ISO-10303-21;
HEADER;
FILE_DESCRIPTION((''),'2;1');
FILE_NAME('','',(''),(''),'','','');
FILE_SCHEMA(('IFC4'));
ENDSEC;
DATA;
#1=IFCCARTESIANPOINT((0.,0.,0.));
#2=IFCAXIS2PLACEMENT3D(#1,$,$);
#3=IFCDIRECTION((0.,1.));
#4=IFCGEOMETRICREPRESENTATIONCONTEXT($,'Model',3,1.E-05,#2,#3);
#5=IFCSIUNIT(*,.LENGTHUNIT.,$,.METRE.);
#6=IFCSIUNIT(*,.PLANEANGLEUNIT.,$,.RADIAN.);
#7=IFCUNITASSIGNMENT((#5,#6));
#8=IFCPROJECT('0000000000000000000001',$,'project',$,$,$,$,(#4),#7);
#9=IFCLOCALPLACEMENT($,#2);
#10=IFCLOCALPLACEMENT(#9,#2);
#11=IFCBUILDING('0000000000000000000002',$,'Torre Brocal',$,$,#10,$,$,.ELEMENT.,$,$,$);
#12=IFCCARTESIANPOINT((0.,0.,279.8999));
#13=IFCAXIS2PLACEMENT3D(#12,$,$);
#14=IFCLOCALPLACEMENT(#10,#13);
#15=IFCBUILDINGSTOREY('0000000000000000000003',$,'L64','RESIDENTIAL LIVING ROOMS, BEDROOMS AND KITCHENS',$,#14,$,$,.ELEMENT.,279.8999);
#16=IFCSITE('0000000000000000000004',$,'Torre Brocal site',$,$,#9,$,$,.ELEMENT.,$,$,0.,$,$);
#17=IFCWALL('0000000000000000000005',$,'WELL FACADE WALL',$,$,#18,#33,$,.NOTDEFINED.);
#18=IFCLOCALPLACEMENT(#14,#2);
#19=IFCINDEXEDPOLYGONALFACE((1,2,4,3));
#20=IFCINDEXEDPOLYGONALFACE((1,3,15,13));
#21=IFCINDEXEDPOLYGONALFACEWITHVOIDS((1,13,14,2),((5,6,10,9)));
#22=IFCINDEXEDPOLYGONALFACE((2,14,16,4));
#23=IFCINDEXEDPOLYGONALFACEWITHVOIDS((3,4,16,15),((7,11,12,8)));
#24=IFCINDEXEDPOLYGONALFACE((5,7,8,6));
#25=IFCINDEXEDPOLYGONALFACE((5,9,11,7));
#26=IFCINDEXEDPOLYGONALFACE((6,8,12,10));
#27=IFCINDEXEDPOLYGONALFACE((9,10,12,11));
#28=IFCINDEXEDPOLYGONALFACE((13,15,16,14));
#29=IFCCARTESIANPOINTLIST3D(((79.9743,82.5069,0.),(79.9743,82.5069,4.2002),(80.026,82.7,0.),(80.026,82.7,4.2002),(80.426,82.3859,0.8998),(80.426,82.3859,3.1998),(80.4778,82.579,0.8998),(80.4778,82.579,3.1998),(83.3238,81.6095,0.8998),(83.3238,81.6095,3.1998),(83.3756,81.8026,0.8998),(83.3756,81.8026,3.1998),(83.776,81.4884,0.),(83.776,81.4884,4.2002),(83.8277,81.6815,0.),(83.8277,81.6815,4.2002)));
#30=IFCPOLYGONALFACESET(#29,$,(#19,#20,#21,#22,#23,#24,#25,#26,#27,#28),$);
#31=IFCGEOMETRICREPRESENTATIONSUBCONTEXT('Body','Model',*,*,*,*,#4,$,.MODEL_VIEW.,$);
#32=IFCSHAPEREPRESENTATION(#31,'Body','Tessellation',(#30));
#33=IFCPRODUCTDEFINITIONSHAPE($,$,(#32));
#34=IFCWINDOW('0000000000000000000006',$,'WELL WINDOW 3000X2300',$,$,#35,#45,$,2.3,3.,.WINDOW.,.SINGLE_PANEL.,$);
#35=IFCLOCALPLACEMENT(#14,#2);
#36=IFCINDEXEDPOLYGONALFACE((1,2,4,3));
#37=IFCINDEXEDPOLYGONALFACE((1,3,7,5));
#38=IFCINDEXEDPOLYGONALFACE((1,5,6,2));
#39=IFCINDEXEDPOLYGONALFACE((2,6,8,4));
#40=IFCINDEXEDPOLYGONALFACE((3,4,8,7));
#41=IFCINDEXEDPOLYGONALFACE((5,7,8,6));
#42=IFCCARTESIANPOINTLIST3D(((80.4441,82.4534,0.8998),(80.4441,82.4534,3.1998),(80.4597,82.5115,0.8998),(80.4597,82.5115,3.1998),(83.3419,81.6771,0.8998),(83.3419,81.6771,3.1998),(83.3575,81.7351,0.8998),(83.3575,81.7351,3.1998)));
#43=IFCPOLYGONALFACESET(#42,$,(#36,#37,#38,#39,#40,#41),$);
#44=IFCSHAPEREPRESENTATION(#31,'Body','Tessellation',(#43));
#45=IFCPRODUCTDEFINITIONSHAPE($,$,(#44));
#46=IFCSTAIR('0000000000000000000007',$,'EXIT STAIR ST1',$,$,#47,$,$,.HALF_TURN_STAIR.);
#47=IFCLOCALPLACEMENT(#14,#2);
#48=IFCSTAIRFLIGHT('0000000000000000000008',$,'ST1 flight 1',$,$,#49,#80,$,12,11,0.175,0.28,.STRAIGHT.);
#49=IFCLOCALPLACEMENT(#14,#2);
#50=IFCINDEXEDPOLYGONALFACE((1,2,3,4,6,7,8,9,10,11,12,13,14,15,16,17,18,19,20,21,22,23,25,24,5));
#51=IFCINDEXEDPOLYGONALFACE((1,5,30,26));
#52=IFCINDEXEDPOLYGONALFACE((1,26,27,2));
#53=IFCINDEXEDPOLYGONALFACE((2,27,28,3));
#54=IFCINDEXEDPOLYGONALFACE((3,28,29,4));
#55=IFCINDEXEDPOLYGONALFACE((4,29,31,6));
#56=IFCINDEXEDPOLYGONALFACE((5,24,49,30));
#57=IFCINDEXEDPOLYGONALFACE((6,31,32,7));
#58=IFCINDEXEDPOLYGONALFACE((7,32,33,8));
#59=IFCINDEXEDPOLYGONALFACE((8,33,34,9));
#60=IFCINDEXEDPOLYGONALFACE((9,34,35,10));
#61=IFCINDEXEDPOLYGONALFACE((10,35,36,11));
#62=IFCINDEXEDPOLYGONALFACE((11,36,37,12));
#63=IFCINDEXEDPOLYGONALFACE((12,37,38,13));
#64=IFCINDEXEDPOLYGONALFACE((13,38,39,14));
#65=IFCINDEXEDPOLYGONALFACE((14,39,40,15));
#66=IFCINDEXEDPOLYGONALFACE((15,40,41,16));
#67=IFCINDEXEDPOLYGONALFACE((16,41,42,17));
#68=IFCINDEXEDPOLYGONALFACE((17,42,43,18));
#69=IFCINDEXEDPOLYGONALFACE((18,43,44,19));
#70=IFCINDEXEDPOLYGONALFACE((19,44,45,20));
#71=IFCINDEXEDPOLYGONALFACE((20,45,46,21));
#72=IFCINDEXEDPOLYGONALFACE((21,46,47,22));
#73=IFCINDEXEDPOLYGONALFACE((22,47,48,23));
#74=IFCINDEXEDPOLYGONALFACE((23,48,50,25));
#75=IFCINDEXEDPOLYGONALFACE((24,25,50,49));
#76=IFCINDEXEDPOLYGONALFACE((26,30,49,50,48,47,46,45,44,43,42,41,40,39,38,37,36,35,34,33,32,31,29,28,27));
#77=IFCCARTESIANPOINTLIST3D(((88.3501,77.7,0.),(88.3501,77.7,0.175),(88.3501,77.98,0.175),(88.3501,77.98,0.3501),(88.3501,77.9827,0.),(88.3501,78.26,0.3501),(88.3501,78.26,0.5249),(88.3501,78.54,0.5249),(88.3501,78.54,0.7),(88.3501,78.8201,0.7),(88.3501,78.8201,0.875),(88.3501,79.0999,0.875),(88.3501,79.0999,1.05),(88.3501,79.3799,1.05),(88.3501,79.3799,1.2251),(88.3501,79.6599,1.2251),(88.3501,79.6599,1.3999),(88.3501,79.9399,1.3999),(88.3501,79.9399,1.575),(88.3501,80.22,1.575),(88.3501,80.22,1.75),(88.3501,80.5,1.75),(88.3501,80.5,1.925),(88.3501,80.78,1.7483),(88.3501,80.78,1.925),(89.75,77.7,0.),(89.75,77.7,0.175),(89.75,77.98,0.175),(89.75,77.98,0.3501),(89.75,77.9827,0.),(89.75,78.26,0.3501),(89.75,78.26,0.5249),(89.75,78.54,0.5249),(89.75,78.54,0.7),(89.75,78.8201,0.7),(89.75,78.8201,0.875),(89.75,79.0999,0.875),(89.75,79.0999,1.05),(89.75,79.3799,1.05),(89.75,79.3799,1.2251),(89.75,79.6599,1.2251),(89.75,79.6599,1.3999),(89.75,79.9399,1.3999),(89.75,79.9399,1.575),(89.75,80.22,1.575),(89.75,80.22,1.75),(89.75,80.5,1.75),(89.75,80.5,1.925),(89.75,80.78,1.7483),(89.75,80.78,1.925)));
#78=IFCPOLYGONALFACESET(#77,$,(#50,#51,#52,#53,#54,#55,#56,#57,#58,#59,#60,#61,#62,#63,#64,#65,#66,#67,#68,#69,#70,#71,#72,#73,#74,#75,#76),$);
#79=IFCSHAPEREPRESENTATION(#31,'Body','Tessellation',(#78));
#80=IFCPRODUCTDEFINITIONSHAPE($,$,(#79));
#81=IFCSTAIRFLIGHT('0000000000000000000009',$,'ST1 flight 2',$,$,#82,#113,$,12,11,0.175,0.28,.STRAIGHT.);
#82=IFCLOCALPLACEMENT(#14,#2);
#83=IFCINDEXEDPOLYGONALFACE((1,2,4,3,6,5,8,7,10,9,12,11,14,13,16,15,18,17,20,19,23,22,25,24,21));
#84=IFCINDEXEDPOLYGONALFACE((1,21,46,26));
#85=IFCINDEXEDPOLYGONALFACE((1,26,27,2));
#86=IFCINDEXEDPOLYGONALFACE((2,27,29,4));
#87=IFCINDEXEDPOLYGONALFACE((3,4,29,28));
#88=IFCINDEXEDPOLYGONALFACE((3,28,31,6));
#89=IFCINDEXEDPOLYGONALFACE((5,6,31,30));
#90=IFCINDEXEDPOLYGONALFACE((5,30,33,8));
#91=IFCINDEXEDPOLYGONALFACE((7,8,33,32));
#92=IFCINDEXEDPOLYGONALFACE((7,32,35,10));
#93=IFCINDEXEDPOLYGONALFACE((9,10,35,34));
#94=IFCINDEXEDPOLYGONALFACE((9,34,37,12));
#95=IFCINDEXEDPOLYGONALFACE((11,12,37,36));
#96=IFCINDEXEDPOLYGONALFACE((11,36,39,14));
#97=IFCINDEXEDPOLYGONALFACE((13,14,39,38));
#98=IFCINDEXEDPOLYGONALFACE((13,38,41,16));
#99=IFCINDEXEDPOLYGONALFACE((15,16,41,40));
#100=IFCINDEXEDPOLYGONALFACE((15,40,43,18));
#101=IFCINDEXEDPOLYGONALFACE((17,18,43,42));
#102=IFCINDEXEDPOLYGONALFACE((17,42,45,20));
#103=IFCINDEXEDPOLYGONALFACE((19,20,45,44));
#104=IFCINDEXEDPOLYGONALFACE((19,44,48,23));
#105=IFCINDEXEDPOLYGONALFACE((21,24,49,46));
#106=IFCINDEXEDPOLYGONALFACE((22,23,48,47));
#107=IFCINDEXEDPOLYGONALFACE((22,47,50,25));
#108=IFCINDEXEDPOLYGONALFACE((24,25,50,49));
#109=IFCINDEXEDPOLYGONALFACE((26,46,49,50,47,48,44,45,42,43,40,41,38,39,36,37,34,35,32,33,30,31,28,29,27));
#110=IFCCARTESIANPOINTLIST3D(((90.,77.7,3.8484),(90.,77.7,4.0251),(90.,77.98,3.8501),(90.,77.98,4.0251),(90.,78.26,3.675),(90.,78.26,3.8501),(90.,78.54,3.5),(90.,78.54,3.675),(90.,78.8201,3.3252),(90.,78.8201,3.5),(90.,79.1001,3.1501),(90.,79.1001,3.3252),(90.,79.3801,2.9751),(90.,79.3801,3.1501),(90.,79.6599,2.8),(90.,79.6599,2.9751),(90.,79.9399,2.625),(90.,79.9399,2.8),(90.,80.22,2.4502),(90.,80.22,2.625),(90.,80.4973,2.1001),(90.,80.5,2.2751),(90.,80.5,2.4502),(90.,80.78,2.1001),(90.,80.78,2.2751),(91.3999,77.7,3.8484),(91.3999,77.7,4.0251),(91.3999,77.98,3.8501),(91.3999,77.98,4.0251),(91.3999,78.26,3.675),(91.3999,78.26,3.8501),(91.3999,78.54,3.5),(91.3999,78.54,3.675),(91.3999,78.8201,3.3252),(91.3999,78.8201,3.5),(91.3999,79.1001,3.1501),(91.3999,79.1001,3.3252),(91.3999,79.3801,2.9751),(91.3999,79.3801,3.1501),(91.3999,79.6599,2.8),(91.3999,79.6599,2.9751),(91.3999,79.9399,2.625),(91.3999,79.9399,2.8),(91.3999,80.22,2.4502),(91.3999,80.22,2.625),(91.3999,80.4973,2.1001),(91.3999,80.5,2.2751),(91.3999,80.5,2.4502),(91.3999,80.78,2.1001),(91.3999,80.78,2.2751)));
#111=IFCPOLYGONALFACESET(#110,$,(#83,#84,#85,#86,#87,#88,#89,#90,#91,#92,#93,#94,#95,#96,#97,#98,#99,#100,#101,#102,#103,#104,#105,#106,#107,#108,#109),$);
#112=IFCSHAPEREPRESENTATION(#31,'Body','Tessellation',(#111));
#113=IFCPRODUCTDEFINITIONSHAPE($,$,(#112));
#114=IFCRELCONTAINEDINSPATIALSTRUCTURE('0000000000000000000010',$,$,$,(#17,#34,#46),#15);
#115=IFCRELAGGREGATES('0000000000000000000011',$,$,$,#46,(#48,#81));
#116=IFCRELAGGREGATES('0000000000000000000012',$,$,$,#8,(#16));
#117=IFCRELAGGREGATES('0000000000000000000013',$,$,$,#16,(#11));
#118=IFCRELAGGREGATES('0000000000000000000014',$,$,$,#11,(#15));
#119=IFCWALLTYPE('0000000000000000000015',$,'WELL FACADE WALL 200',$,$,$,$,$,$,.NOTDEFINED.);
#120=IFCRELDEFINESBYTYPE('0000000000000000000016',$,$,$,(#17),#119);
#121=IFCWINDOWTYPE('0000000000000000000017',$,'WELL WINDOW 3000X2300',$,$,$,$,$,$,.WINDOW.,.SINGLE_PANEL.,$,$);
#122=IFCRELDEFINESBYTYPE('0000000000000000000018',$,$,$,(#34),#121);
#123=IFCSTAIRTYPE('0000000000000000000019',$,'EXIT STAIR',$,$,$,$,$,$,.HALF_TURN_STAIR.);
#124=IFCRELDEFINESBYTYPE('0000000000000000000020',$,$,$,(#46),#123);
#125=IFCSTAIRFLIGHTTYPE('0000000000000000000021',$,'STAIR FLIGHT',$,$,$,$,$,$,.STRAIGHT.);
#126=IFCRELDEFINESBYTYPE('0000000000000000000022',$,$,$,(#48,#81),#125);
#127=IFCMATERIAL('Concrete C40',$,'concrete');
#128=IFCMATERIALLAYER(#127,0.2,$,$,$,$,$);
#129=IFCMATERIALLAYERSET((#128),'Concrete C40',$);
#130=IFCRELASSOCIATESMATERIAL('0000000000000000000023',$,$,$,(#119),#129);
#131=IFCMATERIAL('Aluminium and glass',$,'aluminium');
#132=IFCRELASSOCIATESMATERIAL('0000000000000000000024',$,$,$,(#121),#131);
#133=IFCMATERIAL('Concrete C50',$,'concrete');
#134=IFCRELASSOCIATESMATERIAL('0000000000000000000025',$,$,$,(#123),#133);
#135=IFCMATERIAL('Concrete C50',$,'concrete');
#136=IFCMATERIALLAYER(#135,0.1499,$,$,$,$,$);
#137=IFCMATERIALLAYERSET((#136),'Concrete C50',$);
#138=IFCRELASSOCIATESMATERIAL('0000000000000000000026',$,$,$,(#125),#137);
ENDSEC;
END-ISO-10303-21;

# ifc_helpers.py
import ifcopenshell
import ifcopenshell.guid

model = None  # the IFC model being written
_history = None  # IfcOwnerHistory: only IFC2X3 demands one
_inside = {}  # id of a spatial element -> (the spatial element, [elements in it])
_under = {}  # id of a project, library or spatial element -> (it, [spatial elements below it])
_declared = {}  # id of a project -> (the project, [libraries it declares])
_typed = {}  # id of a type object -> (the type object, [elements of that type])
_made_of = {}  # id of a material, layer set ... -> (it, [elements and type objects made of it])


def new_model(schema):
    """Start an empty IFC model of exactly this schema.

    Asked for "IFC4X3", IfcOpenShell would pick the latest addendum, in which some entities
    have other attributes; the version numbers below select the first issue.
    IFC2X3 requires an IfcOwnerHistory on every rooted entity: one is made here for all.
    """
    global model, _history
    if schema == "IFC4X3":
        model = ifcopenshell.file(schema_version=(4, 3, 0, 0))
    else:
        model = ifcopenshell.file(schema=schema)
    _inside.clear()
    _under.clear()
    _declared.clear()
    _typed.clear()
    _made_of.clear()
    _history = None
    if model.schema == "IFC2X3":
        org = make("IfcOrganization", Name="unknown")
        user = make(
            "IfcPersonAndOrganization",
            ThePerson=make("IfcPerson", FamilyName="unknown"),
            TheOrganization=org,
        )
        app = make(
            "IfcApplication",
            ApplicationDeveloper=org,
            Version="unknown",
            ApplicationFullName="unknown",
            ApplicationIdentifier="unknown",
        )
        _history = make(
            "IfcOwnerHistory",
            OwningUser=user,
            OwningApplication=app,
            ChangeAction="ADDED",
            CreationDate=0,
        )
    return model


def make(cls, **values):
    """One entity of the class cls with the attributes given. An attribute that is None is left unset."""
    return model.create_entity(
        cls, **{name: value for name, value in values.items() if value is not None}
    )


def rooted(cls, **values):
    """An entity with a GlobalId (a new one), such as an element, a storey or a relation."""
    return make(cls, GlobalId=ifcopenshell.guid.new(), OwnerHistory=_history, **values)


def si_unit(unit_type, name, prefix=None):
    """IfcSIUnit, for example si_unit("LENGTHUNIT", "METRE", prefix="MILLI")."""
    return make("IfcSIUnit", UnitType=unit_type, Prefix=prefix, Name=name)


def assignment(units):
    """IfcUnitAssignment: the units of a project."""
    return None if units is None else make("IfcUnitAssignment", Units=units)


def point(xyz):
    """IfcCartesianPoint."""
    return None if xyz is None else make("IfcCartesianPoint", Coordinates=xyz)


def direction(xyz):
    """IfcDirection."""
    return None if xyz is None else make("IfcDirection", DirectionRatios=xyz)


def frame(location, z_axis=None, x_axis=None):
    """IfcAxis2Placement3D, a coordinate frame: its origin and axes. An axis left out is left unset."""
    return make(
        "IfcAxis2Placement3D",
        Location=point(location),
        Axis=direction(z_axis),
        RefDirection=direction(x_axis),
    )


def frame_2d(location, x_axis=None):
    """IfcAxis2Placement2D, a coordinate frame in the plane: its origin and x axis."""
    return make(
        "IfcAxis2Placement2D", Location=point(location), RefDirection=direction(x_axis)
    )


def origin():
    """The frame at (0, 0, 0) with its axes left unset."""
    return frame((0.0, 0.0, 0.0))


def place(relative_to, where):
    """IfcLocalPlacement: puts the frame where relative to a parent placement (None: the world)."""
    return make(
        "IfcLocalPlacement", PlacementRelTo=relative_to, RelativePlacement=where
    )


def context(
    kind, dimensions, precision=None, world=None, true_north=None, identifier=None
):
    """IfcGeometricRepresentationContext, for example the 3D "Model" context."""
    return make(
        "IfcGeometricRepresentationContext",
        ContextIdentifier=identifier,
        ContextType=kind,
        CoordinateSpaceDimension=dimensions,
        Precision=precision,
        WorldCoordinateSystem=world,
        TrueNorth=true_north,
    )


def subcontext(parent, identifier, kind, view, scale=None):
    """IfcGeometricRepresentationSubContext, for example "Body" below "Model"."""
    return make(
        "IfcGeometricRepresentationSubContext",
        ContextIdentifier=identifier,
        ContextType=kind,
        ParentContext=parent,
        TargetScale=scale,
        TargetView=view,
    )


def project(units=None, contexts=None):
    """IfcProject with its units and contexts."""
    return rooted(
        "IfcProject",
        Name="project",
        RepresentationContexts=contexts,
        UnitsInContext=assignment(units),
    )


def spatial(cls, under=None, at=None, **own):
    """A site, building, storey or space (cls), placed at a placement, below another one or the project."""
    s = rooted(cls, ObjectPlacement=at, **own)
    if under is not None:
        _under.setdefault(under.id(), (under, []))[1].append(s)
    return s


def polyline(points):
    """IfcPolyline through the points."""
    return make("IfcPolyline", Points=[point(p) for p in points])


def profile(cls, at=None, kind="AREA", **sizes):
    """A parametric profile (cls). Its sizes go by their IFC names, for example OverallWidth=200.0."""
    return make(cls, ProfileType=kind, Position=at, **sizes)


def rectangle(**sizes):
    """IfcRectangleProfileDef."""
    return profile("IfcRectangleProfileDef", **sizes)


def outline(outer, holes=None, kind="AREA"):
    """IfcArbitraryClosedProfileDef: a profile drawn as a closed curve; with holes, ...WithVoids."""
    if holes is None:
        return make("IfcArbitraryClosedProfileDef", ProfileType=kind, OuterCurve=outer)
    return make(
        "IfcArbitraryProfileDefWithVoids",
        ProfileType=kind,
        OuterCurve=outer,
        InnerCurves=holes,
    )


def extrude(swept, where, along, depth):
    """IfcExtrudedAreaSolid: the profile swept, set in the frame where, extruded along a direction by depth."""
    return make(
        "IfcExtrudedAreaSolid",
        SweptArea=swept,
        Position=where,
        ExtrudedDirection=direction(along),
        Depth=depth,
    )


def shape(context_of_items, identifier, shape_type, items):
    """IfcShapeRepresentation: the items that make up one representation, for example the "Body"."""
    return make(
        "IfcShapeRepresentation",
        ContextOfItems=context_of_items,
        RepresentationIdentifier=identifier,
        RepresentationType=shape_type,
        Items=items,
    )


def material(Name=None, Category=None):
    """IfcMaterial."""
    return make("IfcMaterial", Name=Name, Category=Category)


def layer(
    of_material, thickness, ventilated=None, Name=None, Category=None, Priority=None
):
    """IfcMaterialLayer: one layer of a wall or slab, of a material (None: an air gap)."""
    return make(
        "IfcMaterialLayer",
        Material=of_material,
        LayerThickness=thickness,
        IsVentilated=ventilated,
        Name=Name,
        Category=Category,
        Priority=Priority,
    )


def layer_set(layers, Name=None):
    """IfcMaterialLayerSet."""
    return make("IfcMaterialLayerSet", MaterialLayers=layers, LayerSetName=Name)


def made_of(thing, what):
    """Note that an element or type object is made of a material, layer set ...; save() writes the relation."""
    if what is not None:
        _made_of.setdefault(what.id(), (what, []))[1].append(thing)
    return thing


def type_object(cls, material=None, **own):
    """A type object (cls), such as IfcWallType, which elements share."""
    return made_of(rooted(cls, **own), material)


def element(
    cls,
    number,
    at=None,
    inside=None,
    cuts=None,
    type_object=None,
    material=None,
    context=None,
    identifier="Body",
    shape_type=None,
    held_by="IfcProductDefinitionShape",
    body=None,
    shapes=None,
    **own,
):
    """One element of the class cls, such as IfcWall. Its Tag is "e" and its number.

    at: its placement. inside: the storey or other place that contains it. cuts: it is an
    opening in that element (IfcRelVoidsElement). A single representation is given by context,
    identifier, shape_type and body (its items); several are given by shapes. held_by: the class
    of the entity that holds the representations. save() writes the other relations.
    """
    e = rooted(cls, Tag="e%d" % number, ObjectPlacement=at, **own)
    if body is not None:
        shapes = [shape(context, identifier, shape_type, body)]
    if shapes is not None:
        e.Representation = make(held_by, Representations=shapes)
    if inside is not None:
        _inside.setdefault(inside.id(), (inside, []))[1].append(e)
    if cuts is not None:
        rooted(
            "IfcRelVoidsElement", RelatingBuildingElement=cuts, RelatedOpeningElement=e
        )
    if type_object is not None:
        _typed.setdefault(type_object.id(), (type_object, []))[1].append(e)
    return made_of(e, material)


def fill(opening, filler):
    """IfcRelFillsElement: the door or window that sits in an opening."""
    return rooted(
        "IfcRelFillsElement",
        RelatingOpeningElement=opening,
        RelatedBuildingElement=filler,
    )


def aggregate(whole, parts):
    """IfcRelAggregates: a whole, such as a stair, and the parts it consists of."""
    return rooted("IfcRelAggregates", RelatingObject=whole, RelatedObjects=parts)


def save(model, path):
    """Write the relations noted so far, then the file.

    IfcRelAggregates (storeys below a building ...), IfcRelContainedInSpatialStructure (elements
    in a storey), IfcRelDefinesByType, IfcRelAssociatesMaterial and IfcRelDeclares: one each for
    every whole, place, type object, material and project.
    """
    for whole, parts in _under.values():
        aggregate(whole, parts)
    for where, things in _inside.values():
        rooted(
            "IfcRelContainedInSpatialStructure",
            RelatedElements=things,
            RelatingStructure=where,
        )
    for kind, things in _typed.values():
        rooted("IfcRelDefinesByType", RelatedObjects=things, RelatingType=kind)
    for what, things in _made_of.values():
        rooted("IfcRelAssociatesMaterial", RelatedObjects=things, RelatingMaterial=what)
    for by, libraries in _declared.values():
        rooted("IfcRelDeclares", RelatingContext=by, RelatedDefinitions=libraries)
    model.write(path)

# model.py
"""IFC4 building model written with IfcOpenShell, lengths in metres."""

from ifc_helpers import new_model, si_unit, direction, frame, frame_2d, origin, place, context, subcontext, project, spatial, polyline, rectangle, outline, extrude, material, layer, layer_set, type_object, element, fill, aggregate, save


model = new_model("IFC4")

# Units and contexts
model_context = context("Model", 3, precision=1e-05, world=origin(), true_north=direction((0.0, 1.0)))
body_context = subcontext(model_context, "Body", "Model", "MODEL_VIEW")
ifc_project = project(units=[si_unit("LENGTHUNIT", "METRE"), si_unit("PLANEANGLEUNIT", "RADIAN")], contexts=[model_context])

# Site, building, storey
site_placement = place(None, origin())
site = spatial("IfcSite", under=ifc_project, at=site_placement, Name="Torre Brocal site", CompositionType="ELEMENT", RefElevation=0.0)
building_placement = place(site_placement, origin())
building = spatial("IfcBuilding", under=site, at=building_placement, Name="Torre Brocal", CompositionType="ELEMENT")
storey_placement = place(building_placement, frame((0.0, 0.0, 279.8999)))
storey = spatial("IfcBuildingStorey", under=building, at=storey_placement, Name="L64", Description="RESIDENTIAL LIVING ROOMS, BEDROOMS AND KITCHENS", CompositionType="ELEMENT", Elevation=279.8999)

# Wall, opening, window
ifc_material_1 = material(Name="Concrete C40", Category="concrete")
ifc_layer_1 = layer(ifc_material_1, 0.2)
ifc_layer_set_1 = layer_set([ifc_layer_1], Name="Concrete C40")
wall_type_1 = type_object("IfcWallType", Name="WELL FACADE WALL 200", PredefinedType="NOTDEFINED", material=ifc_layer_set_1)
ifc_material_2 = material(Name="Aluminium and glass", Category="aluminium")
window_type = type_object("IfcWindowType", Name="WELL WINDOW 3000X2300", PartitioningType="SINGLE_PANEL", PredefinedType="WINDOW", material=ifc_material_2)
wall_1_placement = place(storey_placement, frame((83.8018, 81.585, 0.0), z_axis=(0.0, 0.0, 1.0), x_axis=(-0.965934, 0.25879, 0.0)))
wall_1 = element("IfcWall", 1, at=wall_1_placement, inside=storey, type_object=wall_type_1, Name="WELL FACADE WALL", PredefinedType="NOTDEFINED", context=body_context, shape_type="SweptSolid", body=[
    extrude(rectangle(XDim=3.9358, YDim=0.2, at=frame_2d((1.9678, 0.0))), origin(), (0.0, 0.0, 1.0), 4.2002),
])
opening_1_placement = place(wall_1_placement, frame((0.468, 0.0, 0.8999)))
opening_1 = element("IfcOpeningElement", 2, at=opening_1_placement, cuts=wall_1, PredefinedType="OPENING", context=body_context, shape_type="SweptSolid", body=[
    extrude(rectangle(XDim=3.0, YDim=2.3, at=frame_2d((1.5, 1.1499))), frame((0.0, 0.1099, 0.0), z_axis=(0.0, -1.0, 0.0), x_axis=(1.0, 0.0, 0.0)), (0.0, 0.0, 1.0), 0.22),
])
window_1_placement = place(opening_1_placement, origin())
window_1 = element("IfcWindow", 3, at=window_1_placement, inside=storey, type_object=window_type, Name="WELL WINDOW 3000X2300", OverallHeight=2.3, OverallWidth=3.0, PartitioningType="SINGLE_PANEL", PredefinedType="WINDOW", context=body_context, shape_type="SweptSolid", body=[
    extrude(rectangle(XDim=3.0, YDim=2.3, at=frame_2d((1.5, 1.1499))), frame((0.0, 0.03, 0.0), z_axis=(0.0, -1.0, 0.0), x_axis=(1.0, 0.0, 0.0)), (0.0, 0.0, 1.0), 0.0601),
])
fill(opening_1, window_1)

# Stair, stair flights
ifc_material_3 = material(Name="Concrete C50", Category="concrete")
stair_type = type_object("IfcStairType", Name="EXIT STAIR", PredefinedType="HALF_TURN_STAIR", material=ifc_material_3)
stair_placement = place(storey_placement, origin())
stair = element("IfcStair", 4, at=stair_placement, inside=storey, type_object=stair_type, Name="EXIT STAIR ST1", PredefinedType="HALF_TURN_STAIR")
ifc_material_4 = material(Name="Concrete C50", Category="concrete")
ifc_layer_2 = layer(ifc_material_4, 0.1499)
ifc_layer_set_2 = layer_set([ifc_layer_2], Name="Concrete C50")
stair_flight_type = type_object("IfcStairFlightType", Name="STAIR FLIGHT", PredefinedType="STRAIGHT", material=ifc_layer_set_2)
stair_flight_1_placement = place(storey_placement, frame((89.05, 77.7, 0.0), z_axis=(0.0, 0.0, 1.0), x_axis=(0.0, 1.0, 0.0)))
stair_flight_1 = element("IfcStairFlight", 5, at=stair_flight_1_placement, type_object=stair_flight_type, Name="ST1 flight 1", NumberOfRisers=12, NumberOfTreads=11, PredefinedType="STRAIGHT", RiserHeight=0.175, TreadLength=0.28, context=body_context, shape_type="SweptSolid", body=[
    extrude(outline(polyline([(0.0, 0.0), (0.0, 0.175), (0.28, 0.175), (0.28, 0.3501), (0.5601, 0.3501), (0.5601, 0.5249), (0.8401, 0.5249), (0.8401, 0.7), (1.1201, 0.7), (1.1201, 0.875), (1.3999, 0.875), (1.3999, 1.05), (1.6799, 1.05), (1.6799, 1.2251), (1.96, 1.2251), (1.96, 1.3999), (2.24, 1.3999), (2.24, 1.575), (2.52, 1.575), (2.52, 1.75), (2.8, 1.75), (2.8, 1.925), (3.0801, 1.925), (3.0801, 2.1001), (3.0801, 1.7483), (0.2827, 0.0), (0.0, 0.0)])), frame((0.0, 0.7, 0.0), z_axis=(0.0, -1.0, 0.0), x_axis=(1.0, 0.0, 0.0)), (0.0, 0.0, 1.0), 1.3999),
])
stair_flight_2_placement = place(storey_placement, frame((90.7, 80.78, 2.1001), z_axis=(0.0, 0.0, 1.0), x_axis=(0.0, -1.0, 0.0)))
stair_flight_2 = element("IfcStairFlight", 6, at=stair_flight_2_placement, type_object=stair_flight_type, Name="ST1 flight 2", NumberOfRisers=12, NumberOfTreads=11, PredefinedType="STRAIGHT", RiserHeight=0.175, TreadLength=0.28, context=body_context, shape_type="SweptSolid", body=[
    extrude(outline(polyline([(0.0, 0.0), (0.0, 0.175), (0.28, 0.175), (0.28, 0.3501), (0.5601, 0.3501), (0.5601, 0.5249), (0.8401, 0.5249), (0.8401, 0.7), (1.1201, 0.7), (1.1201, 0.875), (1.3999, 0.875), (1.3999, 1.05), (1.6799, 1.05), (1.6799, 1.2251), (1.96, 1.2251), (1.96, 1.3999), (2.24, 1.3999), (2.24, 1.575), (2.52, 1.575), (2.52, 1.75), (2.8, 1.75), (2.8, 1.925), (3.0801, 1.925), (3.0801, 2.1001), (3.0801, 1.7483), (0.2827, 0.0), (0.0, 0.0)])), frame((0.0, 0.7, 0.0), z_axis=(0.0, -1.0, 0.0), x_axis=(1.0, 0.0, 0.0)), (0.0, 0.0, 1.0), 1.3999),
])
aggregate(stair, [stair_flight_1, stair_flight_2])

save(model, "model.ifc")
